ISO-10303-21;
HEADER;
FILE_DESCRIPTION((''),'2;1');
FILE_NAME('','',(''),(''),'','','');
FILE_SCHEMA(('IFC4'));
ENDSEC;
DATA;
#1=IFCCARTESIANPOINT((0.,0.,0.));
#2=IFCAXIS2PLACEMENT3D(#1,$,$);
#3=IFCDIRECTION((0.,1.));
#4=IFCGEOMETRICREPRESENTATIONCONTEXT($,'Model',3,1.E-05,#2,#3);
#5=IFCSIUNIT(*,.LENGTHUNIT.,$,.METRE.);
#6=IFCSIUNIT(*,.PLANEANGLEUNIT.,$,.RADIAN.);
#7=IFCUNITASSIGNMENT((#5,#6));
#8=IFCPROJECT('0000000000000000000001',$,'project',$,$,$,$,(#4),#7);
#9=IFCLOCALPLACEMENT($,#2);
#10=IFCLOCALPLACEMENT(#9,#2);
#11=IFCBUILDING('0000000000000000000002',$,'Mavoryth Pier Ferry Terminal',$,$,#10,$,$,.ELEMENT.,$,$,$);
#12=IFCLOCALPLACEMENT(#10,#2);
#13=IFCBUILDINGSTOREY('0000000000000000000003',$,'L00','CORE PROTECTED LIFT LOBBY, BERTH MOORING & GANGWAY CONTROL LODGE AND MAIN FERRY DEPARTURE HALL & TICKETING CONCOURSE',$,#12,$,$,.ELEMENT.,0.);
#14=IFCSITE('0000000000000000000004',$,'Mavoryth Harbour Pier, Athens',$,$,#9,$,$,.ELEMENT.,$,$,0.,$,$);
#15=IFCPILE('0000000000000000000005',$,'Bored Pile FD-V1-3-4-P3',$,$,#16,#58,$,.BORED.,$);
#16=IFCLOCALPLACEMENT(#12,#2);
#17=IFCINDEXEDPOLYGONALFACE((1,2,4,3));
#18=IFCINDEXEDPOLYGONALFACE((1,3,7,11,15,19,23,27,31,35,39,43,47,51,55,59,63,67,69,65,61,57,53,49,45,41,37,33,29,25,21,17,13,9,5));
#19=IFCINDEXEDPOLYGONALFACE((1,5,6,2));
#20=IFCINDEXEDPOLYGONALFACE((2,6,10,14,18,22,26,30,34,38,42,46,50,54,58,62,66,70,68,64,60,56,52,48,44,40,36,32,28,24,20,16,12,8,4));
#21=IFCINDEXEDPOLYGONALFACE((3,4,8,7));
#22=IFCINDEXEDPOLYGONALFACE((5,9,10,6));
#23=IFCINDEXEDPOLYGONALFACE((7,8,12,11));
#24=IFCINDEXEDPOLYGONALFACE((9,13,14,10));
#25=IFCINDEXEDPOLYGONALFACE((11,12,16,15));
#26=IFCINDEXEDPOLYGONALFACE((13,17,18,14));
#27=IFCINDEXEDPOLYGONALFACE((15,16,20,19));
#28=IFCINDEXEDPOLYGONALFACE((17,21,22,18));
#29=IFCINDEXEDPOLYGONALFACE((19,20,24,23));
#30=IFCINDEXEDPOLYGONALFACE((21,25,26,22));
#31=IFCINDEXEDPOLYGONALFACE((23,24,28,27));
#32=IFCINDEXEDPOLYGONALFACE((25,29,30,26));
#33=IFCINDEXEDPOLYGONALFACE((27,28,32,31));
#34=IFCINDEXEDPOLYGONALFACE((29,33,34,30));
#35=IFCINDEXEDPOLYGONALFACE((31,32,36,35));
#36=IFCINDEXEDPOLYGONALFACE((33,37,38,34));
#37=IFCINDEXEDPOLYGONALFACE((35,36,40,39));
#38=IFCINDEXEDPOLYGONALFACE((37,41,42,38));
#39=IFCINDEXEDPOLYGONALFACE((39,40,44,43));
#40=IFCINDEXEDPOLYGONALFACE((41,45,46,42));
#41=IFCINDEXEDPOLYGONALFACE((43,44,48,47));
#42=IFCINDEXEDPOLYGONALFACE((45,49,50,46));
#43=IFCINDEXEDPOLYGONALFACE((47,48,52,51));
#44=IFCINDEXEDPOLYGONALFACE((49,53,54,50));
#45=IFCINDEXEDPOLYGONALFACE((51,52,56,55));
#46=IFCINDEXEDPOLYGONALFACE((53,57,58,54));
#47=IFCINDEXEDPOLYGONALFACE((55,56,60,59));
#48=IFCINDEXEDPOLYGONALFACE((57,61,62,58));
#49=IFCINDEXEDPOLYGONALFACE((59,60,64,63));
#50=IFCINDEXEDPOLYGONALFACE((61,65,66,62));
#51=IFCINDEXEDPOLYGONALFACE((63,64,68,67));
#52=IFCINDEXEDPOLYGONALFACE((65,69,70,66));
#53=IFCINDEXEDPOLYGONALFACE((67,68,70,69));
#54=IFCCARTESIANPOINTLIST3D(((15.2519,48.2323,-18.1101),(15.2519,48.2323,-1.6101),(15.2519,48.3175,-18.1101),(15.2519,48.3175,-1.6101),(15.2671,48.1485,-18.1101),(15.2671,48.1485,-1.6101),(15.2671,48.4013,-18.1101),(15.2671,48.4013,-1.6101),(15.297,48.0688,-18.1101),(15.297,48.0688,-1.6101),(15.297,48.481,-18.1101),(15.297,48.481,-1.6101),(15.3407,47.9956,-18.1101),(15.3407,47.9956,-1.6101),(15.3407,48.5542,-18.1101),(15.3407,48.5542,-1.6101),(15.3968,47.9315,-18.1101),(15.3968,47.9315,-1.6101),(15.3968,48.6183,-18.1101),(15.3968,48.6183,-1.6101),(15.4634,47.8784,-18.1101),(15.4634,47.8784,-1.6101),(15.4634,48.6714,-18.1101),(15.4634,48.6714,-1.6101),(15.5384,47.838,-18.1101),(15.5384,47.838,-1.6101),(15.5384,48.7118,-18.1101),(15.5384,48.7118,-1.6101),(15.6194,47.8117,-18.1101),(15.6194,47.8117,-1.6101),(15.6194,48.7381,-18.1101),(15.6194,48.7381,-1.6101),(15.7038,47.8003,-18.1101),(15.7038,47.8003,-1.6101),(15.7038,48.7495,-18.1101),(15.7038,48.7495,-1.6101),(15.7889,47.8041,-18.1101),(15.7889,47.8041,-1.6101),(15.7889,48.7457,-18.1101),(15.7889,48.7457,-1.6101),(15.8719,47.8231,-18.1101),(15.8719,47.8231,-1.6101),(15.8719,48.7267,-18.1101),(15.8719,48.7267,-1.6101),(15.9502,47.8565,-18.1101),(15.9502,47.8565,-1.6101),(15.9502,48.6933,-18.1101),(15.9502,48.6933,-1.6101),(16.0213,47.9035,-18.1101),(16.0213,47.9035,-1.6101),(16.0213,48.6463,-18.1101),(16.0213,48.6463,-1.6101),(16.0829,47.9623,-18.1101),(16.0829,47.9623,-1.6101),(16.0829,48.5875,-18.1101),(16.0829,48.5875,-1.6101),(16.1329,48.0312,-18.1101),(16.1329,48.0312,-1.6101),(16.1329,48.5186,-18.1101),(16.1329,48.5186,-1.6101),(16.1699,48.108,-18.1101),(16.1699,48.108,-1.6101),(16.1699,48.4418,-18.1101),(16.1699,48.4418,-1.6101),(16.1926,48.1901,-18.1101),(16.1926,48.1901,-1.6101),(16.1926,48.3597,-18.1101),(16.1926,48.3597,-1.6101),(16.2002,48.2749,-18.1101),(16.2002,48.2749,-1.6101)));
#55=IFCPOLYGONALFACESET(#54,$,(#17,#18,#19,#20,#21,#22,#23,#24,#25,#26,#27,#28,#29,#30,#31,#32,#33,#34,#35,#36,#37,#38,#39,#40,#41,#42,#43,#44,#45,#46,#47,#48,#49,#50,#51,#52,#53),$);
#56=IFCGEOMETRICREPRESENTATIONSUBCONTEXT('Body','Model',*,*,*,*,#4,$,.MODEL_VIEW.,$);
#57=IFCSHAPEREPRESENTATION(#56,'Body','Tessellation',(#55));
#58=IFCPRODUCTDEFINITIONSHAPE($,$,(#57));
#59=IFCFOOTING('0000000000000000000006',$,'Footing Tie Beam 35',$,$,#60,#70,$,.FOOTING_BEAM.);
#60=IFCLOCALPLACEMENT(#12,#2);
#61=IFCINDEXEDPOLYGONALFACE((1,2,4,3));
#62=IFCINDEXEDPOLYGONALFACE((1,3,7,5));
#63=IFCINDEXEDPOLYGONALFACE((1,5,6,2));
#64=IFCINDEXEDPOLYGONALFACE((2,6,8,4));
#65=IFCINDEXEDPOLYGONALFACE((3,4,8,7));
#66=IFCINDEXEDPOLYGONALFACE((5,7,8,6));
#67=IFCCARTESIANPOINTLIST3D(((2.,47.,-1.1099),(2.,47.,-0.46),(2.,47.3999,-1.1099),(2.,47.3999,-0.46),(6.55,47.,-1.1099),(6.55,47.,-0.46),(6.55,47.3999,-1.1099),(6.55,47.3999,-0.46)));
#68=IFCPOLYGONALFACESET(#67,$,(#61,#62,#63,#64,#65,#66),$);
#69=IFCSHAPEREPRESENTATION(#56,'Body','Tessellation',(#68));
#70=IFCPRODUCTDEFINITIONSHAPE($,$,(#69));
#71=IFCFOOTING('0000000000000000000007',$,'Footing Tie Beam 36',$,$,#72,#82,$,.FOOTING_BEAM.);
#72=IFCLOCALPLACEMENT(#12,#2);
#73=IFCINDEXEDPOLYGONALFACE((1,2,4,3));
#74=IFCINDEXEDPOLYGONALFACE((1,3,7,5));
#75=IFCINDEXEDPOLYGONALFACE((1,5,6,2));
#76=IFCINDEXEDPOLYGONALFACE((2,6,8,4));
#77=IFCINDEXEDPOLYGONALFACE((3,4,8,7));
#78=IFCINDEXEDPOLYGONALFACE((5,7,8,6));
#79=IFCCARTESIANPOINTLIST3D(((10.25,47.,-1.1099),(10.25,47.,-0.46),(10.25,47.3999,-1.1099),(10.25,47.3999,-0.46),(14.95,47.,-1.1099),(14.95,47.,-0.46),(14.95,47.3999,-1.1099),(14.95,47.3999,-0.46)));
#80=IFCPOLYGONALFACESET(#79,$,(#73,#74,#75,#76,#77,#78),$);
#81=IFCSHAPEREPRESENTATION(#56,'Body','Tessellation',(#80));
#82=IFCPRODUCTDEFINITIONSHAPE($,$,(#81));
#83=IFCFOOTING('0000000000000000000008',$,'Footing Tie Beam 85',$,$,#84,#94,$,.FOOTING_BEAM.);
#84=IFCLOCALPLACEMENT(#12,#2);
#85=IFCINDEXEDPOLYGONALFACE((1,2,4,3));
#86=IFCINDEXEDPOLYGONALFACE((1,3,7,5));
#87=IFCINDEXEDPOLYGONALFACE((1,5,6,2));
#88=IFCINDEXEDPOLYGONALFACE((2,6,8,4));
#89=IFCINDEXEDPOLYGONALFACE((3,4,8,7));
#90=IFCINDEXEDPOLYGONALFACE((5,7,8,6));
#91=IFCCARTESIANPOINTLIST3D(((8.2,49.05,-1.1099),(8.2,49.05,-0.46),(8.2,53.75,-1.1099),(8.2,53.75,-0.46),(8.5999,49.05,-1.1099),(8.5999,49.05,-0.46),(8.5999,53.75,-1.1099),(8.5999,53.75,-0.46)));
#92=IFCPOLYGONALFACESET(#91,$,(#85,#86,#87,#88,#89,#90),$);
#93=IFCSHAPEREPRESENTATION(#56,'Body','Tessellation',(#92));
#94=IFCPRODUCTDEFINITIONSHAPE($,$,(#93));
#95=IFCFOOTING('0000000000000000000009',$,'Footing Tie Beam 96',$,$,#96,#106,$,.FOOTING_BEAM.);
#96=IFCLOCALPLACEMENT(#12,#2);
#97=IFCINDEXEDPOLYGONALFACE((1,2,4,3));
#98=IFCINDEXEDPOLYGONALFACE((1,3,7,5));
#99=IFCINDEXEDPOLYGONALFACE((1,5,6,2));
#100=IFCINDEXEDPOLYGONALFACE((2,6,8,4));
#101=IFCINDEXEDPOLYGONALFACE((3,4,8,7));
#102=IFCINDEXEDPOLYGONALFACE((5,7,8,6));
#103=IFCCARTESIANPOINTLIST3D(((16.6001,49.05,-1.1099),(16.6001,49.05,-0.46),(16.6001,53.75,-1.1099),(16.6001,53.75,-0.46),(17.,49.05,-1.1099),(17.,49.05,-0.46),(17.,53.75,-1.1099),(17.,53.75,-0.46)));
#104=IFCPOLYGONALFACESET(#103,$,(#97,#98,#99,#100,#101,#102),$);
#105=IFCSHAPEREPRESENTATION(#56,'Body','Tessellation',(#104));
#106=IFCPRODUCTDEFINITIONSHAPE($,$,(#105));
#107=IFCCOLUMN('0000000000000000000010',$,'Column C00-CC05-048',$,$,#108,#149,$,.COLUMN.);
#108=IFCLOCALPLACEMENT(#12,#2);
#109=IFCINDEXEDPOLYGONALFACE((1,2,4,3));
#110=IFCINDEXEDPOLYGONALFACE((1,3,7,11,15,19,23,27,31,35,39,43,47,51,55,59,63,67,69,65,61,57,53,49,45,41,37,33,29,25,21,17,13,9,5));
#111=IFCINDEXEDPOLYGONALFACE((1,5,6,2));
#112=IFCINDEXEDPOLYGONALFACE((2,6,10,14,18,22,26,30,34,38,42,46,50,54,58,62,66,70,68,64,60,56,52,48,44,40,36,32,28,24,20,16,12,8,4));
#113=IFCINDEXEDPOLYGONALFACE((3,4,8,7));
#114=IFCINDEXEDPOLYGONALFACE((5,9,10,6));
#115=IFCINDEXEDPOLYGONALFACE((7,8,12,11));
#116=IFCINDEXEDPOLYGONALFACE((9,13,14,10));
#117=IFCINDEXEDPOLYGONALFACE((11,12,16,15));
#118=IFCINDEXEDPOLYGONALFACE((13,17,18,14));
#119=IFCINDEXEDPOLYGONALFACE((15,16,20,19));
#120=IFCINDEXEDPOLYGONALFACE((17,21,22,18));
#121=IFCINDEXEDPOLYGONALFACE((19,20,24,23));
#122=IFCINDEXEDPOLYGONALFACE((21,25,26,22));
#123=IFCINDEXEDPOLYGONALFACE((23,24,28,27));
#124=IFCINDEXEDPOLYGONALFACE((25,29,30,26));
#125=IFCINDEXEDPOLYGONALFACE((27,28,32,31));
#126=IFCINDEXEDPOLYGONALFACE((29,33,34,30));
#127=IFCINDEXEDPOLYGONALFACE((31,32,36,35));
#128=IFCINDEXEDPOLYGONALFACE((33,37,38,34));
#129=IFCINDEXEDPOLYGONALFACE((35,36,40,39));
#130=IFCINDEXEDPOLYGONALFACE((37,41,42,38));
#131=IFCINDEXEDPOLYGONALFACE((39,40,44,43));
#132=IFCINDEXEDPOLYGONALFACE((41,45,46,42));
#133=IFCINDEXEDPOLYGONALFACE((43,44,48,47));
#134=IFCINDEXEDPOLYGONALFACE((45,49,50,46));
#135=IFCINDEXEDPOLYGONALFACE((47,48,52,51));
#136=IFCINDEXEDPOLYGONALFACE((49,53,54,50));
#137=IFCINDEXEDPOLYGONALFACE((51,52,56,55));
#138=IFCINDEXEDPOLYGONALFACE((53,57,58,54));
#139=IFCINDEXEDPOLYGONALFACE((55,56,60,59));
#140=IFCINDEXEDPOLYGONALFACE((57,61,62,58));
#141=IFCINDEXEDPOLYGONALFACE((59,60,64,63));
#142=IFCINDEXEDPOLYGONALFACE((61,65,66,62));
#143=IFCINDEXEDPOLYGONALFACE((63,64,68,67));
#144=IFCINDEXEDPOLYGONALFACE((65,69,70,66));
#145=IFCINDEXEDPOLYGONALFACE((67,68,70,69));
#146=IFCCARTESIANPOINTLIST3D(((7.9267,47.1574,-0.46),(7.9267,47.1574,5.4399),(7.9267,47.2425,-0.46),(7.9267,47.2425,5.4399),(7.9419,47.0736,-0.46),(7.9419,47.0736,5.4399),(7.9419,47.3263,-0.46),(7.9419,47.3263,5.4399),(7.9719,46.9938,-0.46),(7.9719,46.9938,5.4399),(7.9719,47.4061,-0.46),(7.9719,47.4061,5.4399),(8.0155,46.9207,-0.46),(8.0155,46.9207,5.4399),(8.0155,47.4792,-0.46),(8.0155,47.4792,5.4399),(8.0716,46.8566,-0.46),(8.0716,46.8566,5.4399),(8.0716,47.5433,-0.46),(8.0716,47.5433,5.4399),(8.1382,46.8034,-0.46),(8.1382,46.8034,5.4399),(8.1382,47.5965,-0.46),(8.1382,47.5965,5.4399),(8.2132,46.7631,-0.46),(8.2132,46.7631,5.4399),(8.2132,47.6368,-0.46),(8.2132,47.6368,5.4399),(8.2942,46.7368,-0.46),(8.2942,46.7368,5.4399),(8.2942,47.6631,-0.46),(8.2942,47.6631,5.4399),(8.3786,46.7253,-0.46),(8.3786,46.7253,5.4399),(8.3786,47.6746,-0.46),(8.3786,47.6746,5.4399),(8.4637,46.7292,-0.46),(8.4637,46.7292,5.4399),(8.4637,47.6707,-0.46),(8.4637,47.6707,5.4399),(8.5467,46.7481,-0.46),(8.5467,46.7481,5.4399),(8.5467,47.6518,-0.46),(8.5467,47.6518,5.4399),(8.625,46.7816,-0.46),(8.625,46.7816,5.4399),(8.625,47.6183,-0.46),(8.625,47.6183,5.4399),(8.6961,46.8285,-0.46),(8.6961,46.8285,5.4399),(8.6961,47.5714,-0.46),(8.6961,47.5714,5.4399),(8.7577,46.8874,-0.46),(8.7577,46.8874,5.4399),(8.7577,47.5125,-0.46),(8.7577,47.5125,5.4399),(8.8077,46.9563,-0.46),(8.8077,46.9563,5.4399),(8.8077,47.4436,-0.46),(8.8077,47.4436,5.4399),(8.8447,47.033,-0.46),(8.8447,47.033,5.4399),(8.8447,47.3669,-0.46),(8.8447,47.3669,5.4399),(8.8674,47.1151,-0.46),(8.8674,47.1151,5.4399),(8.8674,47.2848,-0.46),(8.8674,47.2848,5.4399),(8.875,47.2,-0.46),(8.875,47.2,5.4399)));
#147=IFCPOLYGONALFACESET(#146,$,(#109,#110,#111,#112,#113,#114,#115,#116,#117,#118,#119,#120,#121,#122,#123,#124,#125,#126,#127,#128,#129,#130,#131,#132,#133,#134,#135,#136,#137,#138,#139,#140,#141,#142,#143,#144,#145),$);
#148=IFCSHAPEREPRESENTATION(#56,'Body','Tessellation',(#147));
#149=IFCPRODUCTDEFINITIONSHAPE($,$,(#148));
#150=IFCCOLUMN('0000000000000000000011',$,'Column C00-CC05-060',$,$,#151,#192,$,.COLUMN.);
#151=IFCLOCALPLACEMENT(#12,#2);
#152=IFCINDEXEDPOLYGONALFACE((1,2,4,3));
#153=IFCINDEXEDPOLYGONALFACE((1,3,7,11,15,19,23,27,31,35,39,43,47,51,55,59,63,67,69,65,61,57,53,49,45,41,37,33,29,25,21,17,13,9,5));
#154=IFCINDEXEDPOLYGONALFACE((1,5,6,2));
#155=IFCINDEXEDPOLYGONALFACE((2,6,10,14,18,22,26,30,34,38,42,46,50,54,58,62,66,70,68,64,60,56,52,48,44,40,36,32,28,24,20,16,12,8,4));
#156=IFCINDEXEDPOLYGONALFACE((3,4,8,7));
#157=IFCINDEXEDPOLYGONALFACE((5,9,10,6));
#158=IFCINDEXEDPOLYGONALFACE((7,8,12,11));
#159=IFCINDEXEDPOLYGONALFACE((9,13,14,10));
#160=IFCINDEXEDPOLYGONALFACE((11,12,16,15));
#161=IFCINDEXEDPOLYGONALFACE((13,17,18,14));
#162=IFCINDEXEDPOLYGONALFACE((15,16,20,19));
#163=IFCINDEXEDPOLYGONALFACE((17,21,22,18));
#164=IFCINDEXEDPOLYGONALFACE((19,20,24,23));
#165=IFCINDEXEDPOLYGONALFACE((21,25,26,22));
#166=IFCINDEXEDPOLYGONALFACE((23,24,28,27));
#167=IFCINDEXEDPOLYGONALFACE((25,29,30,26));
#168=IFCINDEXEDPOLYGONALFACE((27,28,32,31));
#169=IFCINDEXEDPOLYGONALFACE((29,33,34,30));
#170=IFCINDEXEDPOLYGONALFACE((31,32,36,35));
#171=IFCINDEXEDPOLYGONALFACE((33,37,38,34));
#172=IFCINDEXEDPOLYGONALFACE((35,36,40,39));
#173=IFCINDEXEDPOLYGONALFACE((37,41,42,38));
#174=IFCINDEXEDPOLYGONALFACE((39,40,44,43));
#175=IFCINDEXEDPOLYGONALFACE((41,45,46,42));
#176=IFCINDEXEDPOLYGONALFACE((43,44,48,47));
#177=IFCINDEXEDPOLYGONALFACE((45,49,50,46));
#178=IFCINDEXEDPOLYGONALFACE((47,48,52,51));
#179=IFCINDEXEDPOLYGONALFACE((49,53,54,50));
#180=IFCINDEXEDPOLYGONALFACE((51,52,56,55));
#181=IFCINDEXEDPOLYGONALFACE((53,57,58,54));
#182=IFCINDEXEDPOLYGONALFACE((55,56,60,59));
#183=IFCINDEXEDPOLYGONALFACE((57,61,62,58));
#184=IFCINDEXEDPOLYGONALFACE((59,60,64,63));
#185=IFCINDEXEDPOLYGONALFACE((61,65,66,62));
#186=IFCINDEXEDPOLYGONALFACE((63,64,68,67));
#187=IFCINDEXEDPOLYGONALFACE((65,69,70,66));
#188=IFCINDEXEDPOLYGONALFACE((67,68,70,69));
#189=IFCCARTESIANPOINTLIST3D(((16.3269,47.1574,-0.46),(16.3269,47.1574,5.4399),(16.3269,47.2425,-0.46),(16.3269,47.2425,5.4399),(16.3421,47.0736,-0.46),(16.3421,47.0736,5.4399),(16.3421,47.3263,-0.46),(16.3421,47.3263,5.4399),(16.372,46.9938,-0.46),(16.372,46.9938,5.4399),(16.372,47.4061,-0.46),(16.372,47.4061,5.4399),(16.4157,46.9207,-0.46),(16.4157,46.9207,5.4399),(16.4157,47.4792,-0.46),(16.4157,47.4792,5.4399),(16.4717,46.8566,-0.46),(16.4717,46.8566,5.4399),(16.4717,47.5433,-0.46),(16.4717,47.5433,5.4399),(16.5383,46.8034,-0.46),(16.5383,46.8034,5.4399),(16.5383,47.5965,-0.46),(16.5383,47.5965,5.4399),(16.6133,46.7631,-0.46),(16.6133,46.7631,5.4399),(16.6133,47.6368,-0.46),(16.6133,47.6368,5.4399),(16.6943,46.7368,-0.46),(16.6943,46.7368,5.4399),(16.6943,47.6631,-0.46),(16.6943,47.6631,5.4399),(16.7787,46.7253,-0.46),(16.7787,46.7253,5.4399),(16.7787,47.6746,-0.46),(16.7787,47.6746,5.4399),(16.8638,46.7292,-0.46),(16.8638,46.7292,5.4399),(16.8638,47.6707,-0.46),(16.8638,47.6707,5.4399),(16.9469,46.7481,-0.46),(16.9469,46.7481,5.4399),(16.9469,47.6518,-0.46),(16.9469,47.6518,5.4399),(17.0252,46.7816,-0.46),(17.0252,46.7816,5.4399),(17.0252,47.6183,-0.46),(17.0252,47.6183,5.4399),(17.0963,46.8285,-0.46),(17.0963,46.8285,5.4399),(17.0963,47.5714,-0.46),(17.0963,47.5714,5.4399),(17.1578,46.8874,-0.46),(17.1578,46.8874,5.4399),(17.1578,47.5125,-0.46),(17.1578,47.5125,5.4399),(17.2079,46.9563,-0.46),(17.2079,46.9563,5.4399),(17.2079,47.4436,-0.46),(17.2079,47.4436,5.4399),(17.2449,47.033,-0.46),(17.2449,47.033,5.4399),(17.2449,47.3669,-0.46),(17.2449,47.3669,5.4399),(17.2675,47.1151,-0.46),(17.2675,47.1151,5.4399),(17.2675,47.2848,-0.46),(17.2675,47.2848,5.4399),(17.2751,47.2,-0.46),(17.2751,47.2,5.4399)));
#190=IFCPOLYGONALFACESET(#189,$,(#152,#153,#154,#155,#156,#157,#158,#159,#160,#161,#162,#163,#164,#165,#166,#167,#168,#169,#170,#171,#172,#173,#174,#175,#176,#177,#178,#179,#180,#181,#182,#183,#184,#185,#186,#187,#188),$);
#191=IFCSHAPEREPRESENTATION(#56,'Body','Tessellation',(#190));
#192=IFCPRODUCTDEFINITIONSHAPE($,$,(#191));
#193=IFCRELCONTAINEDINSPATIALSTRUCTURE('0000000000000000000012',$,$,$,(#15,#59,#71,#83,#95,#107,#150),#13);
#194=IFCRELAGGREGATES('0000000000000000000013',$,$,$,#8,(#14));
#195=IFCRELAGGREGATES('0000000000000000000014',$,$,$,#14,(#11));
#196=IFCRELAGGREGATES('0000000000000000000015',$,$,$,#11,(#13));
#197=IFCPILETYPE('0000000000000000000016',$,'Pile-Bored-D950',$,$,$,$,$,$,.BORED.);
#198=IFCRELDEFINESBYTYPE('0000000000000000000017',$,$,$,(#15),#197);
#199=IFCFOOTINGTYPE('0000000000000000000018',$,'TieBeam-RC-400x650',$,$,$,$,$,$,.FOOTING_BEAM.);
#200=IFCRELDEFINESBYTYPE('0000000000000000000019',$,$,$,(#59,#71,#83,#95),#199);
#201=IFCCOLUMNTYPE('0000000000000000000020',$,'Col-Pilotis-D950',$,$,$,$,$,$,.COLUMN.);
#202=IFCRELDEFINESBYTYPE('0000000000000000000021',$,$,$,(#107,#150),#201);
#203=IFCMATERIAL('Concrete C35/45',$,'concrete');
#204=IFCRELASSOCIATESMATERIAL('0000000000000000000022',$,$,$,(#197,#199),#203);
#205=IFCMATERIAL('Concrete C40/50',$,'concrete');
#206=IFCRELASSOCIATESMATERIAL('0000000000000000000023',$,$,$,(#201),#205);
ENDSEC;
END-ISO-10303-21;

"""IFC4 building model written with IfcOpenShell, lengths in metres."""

from ifc_helpers import new_model, si_unit, direction, frame, origin, origin_2d, place, context, subcontext, project, spatial, rectangle, circle, extrude, material, material_profile, profile_set, type_object, element, save


model = new_model("IFC4")

# Units and contexts
model_context = context("Model", 3, precision=1e-05, world=origin(), true_north=direction((0.0, 1.0)))
body_context = subcontext(model_context, "Body", "Model", "MODEL_VIEW")
ifc_project = project(units=[si_unit("LENGTHUNIT", "METRE"), si_unit("PLANEANGLEUNIT", "RADIAN")], contexts=[model_context])

# Site, building, storey
site_placement = place(None, origin())
site = spatial("IfcSite", under=ifc_project, at=site_placement, Name="Mavoryth Harbour Pier, Athens", CompositionType="ELEMENT", RefElevation=0.0)
building_placement = place(site_placement, origin())
building = spatial("IfcBuilding", under=site, at=building_placement, Name="Mavoryth Pier Ferry Terminal", CompositionType="ELEMENT")
storey_placement = place(building_placement, origin())
storey = spatial("IfcBuildingStorey", under=building, at=storey_placement, Name="L00", Description="CORE PROTECTED LIFT LOBBY, BERTH MOORING & GANGWAY CONTROL LODGE AND MAIN FERRY DEPARTURE HALL & TICKETING CONCOURSE", CompositionType="ELEMENT", Elevation=0.0)

# Shared definitions
ifc_material_1 = material(Name="Concrete C35/45", Category="concrete")

# Pile
ifc_material_profile_1 = material_profile(ifc_material_1, circle(Radius=0.4751, at=origin_2d()), Name="PILE D950", Category="concrete")
ifc_profile_set_1 = profile_set([ifc_material_profile_1], Name="Concrete C35/45 - PILE D950")
pile_type_1 = type_object("IfcPileType", Name="Pile-Bored-D950", PredefinedType="BORED", material=ifc_profile_set_1)
for number, where, z_axis, x_axis, name in (
    (1, (15.7251, 48.2749, -1.6101), (0.0, 0.0, -1.0), (1.0, 0.0, 0.0), "Bored Pile FD-V1-3-4-P3"),
):
    element("IfcPile", number, at=place(storey_placement, frame(where, z_axis=z_axis, x_axis=x_axis)), inside=storey, type_object=pile_type_1, Name=name, PredefinedType="BORED", context=body_context, shape_type="SweptSolid", body=[
        extrude(circle(Radius=0.4751, at=origin_2d()), origin(), (0.0, 0.0, 1.0), 16.5),
    ])

# Footings
ifc_material_profile_2 = material_profile(ifc_material_1, rectangle(XDim=0.3999, YDim=0.6499, at=origin_2d()), Name="RC 400x650", Category="concrete")
ifc_profile_set_2 = profile_set([ifc_material_profile_2], Name="Concrete C35/45 - RC 400x650")
footing_type_1 = type_object("IfcFootingType", Name="TieBeam-RC-400x650", PredefinedType="FOOTING_BEAM", material=ifc_profile_set_2)
footing_1_placement = place(storey_placement, frame((2.0, 47.2, -0.7849), z_axis=(1.0, 0.0, 0.0), x_axis=(0.0, 1.0, 0.0)))
element("IfcFooting", 2, at=footing_1_placement, inside=storey, type_object=footing_type_1, Name="Footing Tie Beam 35", PredefinedType="FOOTING_BEAM", context=body_context, shape_type="SweptSolid", body=[
    extrude(rectangle(XDim=0.3999, YDim=0.6499, at=origin_2d()), origin(), (0.0, 0.0, 1.0), 4.55),
])
for number, where, z_axis, x_axis, name in (
    (3, (10.25, 47.2, -0.7849), (1.0, 0.0, 0.0), (0.0, 1.0, 0.0), "Footing Tie Beam 36"),
    (4, (8.3999, 49.05, -0.7849), (0.0, 1.0, 0.0), (-1.0, 0.0, 0.0), "Footing Tie Beam 85"),
    (5, (16.8, 49.05, -0.7849), (0.0, 1.0, 0.0), (-1.0, 0.0, 0.0), "Footing Tie Beam 96"),
):
    element("IfcFooting", number, at=place(storey_placement, frame(where, z_axis=z_axis, x_axis=x_axis)), inside=storey, type_object=footing_type_1, Name=name, PredefinedType="FOOTING_BEAM", context=body_context, shape_type="SweptSolid", body=[
        extrude(rectangle(XDim=0.3999, YDim=0.6499, at=origin_2d()), origin(), (0.0, 0.0, 1.0), 4.7),
    ])

# Columns
ifc_material_2 = material(Name="Concrete C40/50", Category="concrete")
ifc_material_profile_3 = material_profile(ifc_material_2, circle(Radius=0.4751, at=origin_2d()), Name="RC D950", Category="concrete")
ifc_profile_set_3 = profile_set([ifc_material_profile_3], Name="Concrete C40/50 - RC D950")
column_type = type_object("IfcColumnType", Name="Col-Pilotis-D950", PredefinedType="COLUMN", material=ifc_profile_set_3)
for number, where, z_axis, x_axis, name in (
    (6, (8.3999, 47.2, -0.46), (0.0, 0.0, 1.0), (1.0, 0.0, 0.0), "Column C00-CC05-048"),
    (7, (16.8, 47.2, -0.46), (0.0, 0.0, 1.0), (1.0, 0.0, 0.0), "Column C00-CC05-060"),
):
    element("IfcColumn", number, at=place(storey_placement, frame(where, z_axis=z_axis, x_axis=x_axis)), inside=storey, type_object=column_type, Name=name, PredefinedType="COLUMN", context=body_context, shape_type="SweptSolid", body=[
        extrude(circle(Radius=0.4751, at=origin_2d()), origin(), (0.0, 0.0, 1.0), 5.8999),
    ])

save(model, "model.ifc")
